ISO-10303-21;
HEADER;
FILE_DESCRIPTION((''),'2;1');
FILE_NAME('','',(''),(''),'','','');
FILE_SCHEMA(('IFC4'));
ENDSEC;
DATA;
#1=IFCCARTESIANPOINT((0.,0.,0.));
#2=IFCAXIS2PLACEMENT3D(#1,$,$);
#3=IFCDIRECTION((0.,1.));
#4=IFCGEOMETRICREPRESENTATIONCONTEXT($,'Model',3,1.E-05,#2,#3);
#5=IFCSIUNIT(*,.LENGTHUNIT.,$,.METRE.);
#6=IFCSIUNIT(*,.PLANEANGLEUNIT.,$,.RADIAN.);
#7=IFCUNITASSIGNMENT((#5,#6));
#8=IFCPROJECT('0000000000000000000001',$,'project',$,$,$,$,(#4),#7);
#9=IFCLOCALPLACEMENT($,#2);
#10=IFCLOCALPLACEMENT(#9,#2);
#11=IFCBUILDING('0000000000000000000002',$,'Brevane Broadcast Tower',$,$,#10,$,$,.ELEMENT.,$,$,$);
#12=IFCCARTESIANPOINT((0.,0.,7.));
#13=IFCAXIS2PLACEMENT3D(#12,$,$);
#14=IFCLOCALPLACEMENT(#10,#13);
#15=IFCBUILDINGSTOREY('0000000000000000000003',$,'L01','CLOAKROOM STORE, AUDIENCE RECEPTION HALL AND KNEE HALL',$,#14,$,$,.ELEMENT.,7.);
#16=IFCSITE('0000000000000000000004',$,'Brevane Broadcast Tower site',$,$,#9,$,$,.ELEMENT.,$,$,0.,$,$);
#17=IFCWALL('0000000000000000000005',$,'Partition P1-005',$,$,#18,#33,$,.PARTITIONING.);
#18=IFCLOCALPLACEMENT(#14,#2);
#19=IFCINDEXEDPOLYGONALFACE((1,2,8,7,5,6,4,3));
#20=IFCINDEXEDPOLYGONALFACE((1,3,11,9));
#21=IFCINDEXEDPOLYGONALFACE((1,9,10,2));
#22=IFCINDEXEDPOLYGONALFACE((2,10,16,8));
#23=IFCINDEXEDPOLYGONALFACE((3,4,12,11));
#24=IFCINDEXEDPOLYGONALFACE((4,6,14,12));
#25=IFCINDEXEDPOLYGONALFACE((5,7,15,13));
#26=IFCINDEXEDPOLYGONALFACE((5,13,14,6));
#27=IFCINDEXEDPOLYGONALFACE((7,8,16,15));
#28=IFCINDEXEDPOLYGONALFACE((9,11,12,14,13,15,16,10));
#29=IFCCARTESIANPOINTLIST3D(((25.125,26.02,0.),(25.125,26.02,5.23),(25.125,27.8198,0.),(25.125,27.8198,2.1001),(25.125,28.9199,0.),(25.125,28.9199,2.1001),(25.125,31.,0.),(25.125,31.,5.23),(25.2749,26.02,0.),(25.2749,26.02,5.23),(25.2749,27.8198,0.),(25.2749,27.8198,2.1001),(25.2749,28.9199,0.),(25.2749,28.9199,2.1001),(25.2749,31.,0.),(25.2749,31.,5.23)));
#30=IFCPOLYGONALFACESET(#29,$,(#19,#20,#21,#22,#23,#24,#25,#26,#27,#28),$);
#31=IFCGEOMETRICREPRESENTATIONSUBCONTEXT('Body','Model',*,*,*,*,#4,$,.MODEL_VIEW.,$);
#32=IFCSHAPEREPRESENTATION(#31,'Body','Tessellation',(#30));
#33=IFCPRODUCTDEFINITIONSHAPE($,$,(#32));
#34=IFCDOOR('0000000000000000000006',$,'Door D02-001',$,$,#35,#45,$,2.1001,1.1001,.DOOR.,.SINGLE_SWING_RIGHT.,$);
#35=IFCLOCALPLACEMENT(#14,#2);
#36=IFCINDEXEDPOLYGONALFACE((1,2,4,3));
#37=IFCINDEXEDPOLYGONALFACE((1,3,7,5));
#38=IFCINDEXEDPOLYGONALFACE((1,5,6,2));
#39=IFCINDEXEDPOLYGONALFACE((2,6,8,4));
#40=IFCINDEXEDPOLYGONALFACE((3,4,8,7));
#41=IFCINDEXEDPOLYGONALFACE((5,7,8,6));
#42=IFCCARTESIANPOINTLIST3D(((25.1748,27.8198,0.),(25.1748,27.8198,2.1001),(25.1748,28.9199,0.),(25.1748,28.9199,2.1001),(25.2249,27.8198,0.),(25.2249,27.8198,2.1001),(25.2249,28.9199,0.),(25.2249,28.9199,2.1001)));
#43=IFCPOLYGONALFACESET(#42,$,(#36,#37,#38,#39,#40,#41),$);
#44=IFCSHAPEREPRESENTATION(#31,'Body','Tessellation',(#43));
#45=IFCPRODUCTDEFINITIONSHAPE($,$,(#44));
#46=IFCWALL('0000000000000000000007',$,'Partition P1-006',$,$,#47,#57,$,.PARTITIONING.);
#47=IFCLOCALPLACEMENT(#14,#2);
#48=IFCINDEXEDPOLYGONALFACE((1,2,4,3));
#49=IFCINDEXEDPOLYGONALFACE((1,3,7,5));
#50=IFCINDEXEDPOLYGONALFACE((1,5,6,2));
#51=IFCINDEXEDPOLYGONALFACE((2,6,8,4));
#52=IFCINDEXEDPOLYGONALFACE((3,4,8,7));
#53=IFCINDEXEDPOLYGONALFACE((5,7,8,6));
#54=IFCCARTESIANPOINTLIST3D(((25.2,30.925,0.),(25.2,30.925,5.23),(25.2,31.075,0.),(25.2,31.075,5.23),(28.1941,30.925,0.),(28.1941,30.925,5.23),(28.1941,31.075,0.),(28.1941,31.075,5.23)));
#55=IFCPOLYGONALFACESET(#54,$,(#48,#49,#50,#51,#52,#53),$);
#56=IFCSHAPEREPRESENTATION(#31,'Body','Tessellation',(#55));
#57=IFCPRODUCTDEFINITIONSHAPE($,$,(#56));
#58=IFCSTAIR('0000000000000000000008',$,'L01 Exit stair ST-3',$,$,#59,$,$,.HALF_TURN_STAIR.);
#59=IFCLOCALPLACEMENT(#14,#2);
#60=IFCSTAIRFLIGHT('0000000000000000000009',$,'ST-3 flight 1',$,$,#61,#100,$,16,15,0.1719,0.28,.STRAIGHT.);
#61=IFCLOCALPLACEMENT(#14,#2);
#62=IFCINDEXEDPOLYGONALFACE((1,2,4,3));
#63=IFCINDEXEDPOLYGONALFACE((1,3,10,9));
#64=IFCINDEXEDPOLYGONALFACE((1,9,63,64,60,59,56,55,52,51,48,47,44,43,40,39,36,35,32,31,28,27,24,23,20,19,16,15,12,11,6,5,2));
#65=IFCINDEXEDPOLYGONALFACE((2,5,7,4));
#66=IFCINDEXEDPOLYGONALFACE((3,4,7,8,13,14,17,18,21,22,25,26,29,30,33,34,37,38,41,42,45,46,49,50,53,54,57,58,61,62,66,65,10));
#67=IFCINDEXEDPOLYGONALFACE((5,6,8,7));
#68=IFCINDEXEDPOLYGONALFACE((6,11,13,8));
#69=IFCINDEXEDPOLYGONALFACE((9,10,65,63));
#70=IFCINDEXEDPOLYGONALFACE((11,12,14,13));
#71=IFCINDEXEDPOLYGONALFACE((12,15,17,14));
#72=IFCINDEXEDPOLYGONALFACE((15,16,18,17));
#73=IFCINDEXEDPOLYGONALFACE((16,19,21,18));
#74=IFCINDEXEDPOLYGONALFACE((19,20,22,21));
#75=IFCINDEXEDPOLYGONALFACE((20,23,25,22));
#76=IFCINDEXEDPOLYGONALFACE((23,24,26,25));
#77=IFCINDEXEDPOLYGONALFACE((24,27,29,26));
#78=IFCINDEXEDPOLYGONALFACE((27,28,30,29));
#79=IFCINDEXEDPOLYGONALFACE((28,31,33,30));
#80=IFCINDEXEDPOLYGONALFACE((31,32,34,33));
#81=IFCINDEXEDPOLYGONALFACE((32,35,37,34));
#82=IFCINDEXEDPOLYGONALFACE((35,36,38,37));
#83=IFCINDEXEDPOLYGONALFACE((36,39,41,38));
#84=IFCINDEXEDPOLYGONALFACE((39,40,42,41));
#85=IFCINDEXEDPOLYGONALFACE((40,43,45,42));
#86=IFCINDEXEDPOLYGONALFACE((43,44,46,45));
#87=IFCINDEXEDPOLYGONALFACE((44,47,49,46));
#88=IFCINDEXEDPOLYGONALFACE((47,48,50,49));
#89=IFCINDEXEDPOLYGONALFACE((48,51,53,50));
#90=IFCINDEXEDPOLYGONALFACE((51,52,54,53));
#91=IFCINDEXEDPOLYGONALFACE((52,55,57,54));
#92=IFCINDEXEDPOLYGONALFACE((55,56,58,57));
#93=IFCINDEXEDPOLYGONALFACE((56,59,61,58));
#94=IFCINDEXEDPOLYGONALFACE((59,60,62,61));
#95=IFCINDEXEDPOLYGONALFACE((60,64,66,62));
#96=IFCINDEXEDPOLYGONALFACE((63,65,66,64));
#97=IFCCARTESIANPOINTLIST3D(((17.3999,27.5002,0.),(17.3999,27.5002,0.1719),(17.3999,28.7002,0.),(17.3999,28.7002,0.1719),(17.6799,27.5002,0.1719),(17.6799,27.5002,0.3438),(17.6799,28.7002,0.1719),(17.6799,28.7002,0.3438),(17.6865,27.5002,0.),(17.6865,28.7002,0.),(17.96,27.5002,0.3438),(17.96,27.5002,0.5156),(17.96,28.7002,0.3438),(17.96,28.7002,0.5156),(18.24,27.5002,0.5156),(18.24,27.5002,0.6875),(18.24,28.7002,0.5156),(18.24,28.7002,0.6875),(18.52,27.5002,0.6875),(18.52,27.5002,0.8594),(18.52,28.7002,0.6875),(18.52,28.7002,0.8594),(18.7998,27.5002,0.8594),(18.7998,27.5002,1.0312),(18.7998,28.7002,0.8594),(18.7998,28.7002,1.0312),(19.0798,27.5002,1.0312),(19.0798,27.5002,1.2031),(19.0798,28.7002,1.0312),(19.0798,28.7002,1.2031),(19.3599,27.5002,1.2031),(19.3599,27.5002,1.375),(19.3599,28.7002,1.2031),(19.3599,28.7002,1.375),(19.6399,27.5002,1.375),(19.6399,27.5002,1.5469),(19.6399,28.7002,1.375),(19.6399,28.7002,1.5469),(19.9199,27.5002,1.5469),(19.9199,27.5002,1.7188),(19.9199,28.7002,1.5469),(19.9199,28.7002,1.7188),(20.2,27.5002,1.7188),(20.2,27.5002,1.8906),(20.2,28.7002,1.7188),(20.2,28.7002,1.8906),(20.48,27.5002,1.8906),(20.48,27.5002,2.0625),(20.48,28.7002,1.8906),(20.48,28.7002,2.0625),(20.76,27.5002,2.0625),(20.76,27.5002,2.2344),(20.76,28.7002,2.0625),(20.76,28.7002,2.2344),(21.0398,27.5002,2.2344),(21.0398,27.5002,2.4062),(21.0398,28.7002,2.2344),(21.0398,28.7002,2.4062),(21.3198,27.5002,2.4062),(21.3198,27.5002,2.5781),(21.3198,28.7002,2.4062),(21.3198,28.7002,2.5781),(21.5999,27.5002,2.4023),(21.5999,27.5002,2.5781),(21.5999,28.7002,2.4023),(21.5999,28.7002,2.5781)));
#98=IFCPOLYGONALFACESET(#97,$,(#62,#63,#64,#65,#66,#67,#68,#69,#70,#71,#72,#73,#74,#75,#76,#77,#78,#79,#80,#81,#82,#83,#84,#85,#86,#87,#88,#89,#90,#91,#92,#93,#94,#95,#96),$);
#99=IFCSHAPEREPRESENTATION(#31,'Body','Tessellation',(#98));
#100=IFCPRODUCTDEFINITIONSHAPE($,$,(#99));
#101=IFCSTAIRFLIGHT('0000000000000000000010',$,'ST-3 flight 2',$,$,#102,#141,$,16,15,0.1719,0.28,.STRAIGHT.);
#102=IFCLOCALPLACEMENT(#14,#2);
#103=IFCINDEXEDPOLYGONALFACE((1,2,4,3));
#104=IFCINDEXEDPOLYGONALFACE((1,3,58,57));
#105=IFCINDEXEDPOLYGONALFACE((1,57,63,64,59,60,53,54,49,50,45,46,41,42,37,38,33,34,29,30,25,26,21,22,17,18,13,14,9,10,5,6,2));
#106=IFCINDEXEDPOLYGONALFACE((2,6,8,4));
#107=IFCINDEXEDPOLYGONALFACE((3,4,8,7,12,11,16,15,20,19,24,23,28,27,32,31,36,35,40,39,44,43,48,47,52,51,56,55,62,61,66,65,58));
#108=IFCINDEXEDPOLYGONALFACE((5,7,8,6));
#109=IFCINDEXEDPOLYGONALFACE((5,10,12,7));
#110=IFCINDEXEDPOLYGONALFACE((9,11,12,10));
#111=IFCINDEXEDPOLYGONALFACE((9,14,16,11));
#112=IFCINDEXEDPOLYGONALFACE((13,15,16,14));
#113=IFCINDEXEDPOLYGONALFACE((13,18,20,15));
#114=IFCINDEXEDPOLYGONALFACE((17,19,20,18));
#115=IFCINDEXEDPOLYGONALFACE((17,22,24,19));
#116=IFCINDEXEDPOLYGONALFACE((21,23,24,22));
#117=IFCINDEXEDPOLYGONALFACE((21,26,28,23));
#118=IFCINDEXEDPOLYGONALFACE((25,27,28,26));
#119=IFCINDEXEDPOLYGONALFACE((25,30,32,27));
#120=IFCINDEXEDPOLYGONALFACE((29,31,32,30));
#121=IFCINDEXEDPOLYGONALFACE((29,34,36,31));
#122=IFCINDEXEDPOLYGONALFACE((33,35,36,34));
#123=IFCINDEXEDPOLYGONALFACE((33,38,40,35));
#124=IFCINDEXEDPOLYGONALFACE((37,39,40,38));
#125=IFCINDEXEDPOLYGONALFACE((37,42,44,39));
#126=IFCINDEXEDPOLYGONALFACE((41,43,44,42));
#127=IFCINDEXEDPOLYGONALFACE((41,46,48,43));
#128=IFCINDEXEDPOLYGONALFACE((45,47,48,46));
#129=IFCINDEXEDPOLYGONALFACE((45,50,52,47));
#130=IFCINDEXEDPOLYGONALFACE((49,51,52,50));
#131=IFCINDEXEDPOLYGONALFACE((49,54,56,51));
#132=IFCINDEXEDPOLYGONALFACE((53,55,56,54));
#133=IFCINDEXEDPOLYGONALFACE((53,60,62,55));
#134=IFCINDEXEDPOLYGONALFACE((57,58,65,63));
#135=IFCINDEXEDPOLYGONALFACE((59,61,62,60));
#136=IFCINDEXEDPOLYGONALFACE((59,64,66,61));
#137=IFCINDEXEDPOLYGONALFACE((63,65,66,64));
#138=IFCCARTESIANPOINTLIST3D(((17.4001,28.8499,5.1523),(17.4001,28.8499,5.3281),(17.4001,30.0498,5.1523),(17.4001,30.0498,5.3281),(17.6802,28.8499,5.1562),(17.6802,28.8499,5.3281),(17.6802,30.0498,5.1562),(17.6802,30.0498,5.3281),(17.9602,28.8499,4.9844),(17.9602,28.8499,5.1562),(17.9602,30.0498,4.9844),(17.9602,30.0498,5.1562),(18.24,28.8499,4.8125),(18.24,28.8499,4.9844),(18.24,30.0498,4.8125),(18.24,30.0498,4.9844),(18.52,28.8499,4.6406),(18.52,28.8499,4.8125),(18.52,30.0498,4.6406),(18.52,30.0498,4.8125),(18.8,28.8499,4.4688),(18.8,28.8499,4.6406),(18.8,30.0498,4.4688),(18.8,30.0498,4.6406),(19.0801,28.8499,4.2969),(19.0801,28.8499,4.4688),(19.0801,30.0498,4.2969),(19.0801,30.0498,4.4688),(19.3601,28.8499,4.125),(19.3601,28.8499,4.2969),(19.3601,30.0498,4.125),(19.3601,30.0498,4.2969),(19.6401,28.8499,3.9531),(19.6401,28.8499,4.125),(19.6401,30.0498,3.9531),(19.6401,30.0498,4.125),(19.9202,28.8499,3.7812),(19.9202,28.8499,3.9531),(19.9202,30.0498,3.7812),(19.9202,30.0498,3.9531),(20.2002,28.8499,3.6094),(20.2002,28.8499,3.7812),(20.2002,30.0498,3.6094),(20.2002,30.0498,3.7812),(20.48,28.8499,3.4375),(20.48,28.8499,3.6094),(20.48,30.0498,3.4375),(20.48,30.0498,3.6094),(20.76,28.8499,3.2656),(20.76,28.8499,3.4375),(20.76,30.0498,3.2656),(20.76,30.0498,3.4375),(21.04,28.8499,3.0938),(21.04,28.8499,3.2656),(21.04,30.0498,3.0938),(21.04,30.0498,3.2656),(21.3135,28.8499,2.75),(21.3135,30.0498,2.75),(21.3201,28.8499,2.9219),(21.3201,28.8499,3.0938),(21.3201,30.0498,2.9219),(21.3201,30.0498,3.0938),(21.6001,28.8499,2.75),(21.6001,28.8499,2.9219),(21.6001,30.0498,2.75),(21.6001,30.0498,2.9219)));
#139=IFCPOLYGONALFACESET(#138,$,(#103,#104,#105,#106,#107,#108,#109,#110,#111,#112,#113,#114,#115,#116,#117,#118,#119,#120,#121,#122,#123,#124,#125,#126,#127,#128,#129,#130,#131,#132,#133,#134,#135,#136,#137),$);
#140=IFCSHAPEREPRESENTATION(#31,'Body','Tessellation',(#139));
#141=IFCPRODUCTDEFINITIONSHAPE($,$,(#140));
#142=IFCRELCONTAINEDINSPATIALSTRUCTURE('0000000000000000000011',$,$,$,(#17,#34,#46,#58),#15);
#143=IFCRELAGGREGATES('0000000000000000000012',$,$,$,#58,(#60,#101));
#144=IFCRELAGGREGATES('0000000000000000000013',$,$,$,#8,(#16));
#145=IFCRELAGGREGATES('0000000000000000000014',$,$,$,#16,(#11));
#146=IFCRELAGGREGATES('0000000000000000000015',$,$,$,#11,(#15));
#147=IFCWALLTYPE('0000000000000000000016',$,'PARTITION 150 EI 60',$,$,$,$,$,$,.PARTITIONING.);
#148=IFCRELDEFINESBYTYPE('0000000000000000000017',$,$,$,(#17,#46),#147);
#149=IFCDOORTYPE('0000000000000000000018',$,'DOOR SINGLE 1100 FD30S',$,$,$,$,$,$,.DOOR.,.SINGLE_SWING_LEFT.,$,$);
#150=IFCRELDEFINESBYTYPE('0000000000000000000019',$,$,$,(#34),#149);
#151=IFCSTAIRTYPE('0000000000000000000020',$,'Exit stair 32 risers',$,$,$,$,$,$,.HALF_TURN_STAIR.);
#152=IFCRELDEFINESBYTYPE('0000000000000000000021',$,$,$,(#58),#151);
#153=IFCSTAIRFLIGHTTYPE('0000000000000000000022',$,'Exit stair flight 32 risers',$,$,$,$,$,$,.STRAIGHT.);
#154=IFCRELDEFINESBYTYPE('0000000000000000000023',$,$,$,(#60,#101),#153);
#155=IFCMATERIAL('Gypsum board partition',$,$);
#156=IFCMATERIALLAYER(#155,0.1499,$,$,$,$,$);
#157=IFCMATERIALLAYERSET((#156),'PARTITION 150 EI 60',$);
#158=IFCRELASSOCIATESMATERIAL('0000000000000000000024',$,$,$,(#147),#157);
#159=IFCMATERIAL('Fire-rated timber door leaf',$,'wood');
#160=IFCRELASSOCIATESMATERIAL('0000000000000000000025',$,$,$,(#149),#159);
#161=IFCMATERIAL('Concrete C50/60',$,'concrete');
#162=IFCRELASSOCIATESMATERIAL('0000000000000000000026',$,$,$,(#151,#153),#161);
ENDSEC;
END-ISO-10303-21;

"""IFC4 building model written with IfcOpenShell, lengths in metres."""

from ifc_helpers import new_model, si_unit, direction, frame, frame_2d, origin, place, context, subcontext, project, spatial, polyline, rectangle, outline, extrude, material, layer, layer_set, type_object, element, fill, aggregate, save


model = new_model("IFC4")

# Units and contexts
model_context = context("Model", 3, precision=1e-05, world=origin(), true_north=direction((0.0, 1.0)))
body_context = subcontext(model_context, "Body", "Model", "MODEL_VIEW")
ifc_project = project(units=[si_unit("LENGTHUNIT", "METRE"), si_unit("PLANEANGLEUNIT", "RADIAN")], contexts=[model_context])

# Site, building, storey
site_placement = place(None, origin())
site = spatial("IfcSite", under=ifc_project, at=site_placement, Name="Brevane Broadcast Tower site", CompositionType="ELEMENT", RefElevation=0.0)
building_placement = place(site_placement, origin())
building = spatial("IfcBuilding", under=site, at=building_placement, Name="Brevane Broadcast Tower", CompositionType="ELEMENT")
storey_placement = place(building_placement, frame((0.0, 0.0, 7.0)))
storey = spatial("IfcBuildingStorey", under=building, at=storey_placement, Name="L01", Description="CLOAKROOM STORE, AUDIENCE RECEPTION HALL AND KNEE HALL", CompositionType="ELEMENT", Elevation=7.0)

# Shared definitions
ifc_material_1 = material(Name="Gypsum board partition")
ifc_layer_1 = layer(ifc_material_1, 0.1499)
ifc_layer_set_1 = layer_set([ifc_layer_1], Name="PARTITION 150 EI 60")
wall_type_1 = type_object("IfcWallType", Name="PARTITION 150 EI 60", PredefinedType="PARTITIONING", material=ifc_layer_set_1)

# Wall, opening, door
wall_1_placement = place(storey_placement, frame((25.2, 31.0, 0.0), z_axis=(0.0, 0.0, 1.0), x_axis=(0.0, -1.0, 0.0)))
wall_1 = element("IfcWall", 1, at=wall_1_placement, inside=storey, type_object=wall_type_1, Name="Partition P1-005", PredefinedType="PARTITIONING", context=body_context, shape_type="SweptSolid", body=[
    extrude(rectangle(XDim=4.98, YDim=0.1499, at=frame_2d((2.49, 0.0))), origin(), (0.0, 0.0, 1.0), 5.23),
])
opening_1_placement = place(wall_1_placement, frame((2.0801, 0.0, 0.0)))
opening_1 = element("IfcOpeningElement", 2, at=opening_1_placement, cuts=wall_1, PredefinedType="OPENING", context=body_context, shape_type="SweptSolid", body=[
    extrude(rectangle(XDim=1.1001, YDim=2.1001, at=frame_2d((0.55, 1.05))), frame((0.0, 0.085, 0.0), z_axis=(0.0, -1.0, 0.0), x_axis=(1.0, 0.0, 0.0)), (0.0, 0.0, 1.0), 0.1699),
])
ifc_material_2 = material(Name="Fire-rated timber door leaf", Category="wood")
door_type_1 = type_object("IfcDoorType", Name="DOOR SINGLE 1100 FD30S", OperationType="SINGLE_SWING_LEFT", PredefinedType="DOOR", material=ifc_material_2)
door_1_placement = place(opening_1_placement, origin())
door_1 = element("IfcDoor", 3, at=door_1_placement, inside=storey, type_object=door_type_1, Name="Door D02-001", OperationType="SINGLE_SWING_RIGHT", OverallHeight=2.1001, OverallWidth=1.1001, PredefinedType="DOOR", context=body_context, shape_type="SweptSolid", body=[
    extrude(rectangle(XDim=1.1001, YDim=2.1001, at=frame_2d((0.55, 1.05))), frame((0.0, 0.0249, 0.0), z_axis=(0.0, -1.0, 0.0), x_axis=(1.0, 0.0, 0.0)), (0.0, 0.0, 1.0), 0.05),
])
fill(opening_1, door_1)

# Wall
wall_2_placement = place(storey_placement, frame((25.2, 31.0, 0.0), z_axis=(0.0, 0.0, 1.0), x_axis=(1.0, 0.0, 0.0)))
element("IfcWall", 4, at=wall_2_placement, inside=storey, type_object=wall_type_1, Name="Partition P1-006", PredefinedType="PARTITIONING", context=body_context, shape_type="SweptSolid", body=[
    extrude(rectangle(XDim=2.9941, YDim=0.1499, at=frame_2d((1.4971, 0.0))), origin(), (0.0, 0.0, 1.0), 5.23),
])

# Stair, stair flights
ifc_material_3 = material(Name="Concrete C50/60", Category="concrete")
stair_type = type_object("IfcStairType", Name="Exit stair 32 risers", PredefinedType="HALF_TURN_STAIR", material=ifc_material_3)
stair_placement = place(storey_placement, origin())
stair = element("IfcStair", 5, at=stair_placement, inside=storey, type_object=stair_type, Name="L01 Exit stair ST-3", PredefinedType="HALF_TURN_STAIR")
stair_flight_type = type_object("IfcStairFlightType", Name="Exit stair flight 32 risers", PredefinedType="STRAIGHT", material=ifc_material_3)
stair_flight_1_placement = place(storey_placement, frame((17.3999, 28.1001, 0.0), z_axis=(0.0, 0.0, 1.0), x_axis=(1.0, 0.0, 0.0)))
stair_flight_1 = element("IfcStairFlight", 6, at=stair_flight_1_placement, type_object=stair_flight_type, Name="ST-3 flight 1", NumberOfRisers=16, NumberOfTreads=15, PredefinedType="STRAIGHT", RiserHeight=0.1719, TreadLength=0.28, context=body_context, shape_type="SweptSolid", body=[
    extrude(outline(polyline([(0.0, 0.0), (0.0, 0.1719), (0.28, 0.1719), (0.28, 0.3438), (0.5601, 0.3438), (0.5601, 0.5156), (0.8401, 0.5156), (0.8401, 0.6875), (1.1201, 0.6875), (1.1201, 0.8594), (1.3999, 0.8594), (1.3999, 1.0312), (1.6799, 1.0312), (1.6799, 1.2031), (1.96, 1.2031), (1.96, 1.375), (2.24, 1.375), (2.24, 1.5469), (2.52, 1.5469), (2.52, 1.7188), (2.8, 1.7188), (2.8, 1.8906), (3.0801, 1.8906), (3.0801, 2.0625), (3.3601, 2.0625), (3.3601, 2.2344), (3.6399, 2.2344), (3.6399, 2.4062), (3.9199, 2.4062), (3.9199, 2.5781), (4.2, 2.5781), (4.2, 2.75), (4.2, 2.4023), (0.2866, 0.0), (0.0, 0.0)])), frame((0.0, 0.6001, 0.0), z_axis=(0.0, -1.0, 0.0), x_axis=(1.0, 0.0, 0.0)), (0.0, 0.0, 1.0), 1.2),
])
stair_flight_2_placement = place(storey_placement, frame((21.6001, 29.45, 2.75), z_axis=(0.0, 0.0, 1.0), x_axis=(-1.0, 0.0, 0.0)))
stair_flight_2 = element("IfcStairFlight", 7, at=stair_flight_2_placement, type_object=stair_flight_type, Name="ST-3 flight 2", NumberOfRisers=16, NumberOfTreads=15, PredefinedType="STRAIGHT", RiserHeight=0.1719, TreadLength=0.28, context=body_context, shape_type="SweptSolid", body=[
    extrude(outline(polyline([(0.0, 0.0), (0.0, 0.1719), (0.28, 0.1719), (0.28, 0.3438), (0.5601, 0.3438), (0.5601, 0.5156), (0.8401, 0.5156), (0.8401, 0.6875), (1.1201, 0.6875), (1.1201, 0.8594), (1.3999, 0.8594), (1.3999, 1.0312), (1.6799, 1.0312), (1.6799, 1.2031), (1.96, 1.2031), (1.96, 1.375), (2.24, 1.375), (2.24, 1.5469), (2.52, 1.5469), (2.52, 1.7188), (2.8, 1.7188), (2.8, 1.8906), (3.0801, 1.8906), (3.0801, 2.0625), (3.3601, 2.0625), (3.3601, 2.2344), (3.6399, 2.2344), (3.6399, 2.4062), (3.9199, 2.4062), (3.9199, 2.5781), (4.2, 2.5781), (4.2, 2.75), (4.2, 2.4023), (0.2866, 0.0), (0.0, 0.0)])), frame((0.0, 0.6001, 0.0), z_axis=(0.0, -1.0, 0.0), x_axis=(1.0, 0.0, 0.0)), (0.0, 0.0, 1.0), 1.2),
])
aggregate(stair, [stair_flight_1, stair_flight_2])

save(model, "model.ifc")
